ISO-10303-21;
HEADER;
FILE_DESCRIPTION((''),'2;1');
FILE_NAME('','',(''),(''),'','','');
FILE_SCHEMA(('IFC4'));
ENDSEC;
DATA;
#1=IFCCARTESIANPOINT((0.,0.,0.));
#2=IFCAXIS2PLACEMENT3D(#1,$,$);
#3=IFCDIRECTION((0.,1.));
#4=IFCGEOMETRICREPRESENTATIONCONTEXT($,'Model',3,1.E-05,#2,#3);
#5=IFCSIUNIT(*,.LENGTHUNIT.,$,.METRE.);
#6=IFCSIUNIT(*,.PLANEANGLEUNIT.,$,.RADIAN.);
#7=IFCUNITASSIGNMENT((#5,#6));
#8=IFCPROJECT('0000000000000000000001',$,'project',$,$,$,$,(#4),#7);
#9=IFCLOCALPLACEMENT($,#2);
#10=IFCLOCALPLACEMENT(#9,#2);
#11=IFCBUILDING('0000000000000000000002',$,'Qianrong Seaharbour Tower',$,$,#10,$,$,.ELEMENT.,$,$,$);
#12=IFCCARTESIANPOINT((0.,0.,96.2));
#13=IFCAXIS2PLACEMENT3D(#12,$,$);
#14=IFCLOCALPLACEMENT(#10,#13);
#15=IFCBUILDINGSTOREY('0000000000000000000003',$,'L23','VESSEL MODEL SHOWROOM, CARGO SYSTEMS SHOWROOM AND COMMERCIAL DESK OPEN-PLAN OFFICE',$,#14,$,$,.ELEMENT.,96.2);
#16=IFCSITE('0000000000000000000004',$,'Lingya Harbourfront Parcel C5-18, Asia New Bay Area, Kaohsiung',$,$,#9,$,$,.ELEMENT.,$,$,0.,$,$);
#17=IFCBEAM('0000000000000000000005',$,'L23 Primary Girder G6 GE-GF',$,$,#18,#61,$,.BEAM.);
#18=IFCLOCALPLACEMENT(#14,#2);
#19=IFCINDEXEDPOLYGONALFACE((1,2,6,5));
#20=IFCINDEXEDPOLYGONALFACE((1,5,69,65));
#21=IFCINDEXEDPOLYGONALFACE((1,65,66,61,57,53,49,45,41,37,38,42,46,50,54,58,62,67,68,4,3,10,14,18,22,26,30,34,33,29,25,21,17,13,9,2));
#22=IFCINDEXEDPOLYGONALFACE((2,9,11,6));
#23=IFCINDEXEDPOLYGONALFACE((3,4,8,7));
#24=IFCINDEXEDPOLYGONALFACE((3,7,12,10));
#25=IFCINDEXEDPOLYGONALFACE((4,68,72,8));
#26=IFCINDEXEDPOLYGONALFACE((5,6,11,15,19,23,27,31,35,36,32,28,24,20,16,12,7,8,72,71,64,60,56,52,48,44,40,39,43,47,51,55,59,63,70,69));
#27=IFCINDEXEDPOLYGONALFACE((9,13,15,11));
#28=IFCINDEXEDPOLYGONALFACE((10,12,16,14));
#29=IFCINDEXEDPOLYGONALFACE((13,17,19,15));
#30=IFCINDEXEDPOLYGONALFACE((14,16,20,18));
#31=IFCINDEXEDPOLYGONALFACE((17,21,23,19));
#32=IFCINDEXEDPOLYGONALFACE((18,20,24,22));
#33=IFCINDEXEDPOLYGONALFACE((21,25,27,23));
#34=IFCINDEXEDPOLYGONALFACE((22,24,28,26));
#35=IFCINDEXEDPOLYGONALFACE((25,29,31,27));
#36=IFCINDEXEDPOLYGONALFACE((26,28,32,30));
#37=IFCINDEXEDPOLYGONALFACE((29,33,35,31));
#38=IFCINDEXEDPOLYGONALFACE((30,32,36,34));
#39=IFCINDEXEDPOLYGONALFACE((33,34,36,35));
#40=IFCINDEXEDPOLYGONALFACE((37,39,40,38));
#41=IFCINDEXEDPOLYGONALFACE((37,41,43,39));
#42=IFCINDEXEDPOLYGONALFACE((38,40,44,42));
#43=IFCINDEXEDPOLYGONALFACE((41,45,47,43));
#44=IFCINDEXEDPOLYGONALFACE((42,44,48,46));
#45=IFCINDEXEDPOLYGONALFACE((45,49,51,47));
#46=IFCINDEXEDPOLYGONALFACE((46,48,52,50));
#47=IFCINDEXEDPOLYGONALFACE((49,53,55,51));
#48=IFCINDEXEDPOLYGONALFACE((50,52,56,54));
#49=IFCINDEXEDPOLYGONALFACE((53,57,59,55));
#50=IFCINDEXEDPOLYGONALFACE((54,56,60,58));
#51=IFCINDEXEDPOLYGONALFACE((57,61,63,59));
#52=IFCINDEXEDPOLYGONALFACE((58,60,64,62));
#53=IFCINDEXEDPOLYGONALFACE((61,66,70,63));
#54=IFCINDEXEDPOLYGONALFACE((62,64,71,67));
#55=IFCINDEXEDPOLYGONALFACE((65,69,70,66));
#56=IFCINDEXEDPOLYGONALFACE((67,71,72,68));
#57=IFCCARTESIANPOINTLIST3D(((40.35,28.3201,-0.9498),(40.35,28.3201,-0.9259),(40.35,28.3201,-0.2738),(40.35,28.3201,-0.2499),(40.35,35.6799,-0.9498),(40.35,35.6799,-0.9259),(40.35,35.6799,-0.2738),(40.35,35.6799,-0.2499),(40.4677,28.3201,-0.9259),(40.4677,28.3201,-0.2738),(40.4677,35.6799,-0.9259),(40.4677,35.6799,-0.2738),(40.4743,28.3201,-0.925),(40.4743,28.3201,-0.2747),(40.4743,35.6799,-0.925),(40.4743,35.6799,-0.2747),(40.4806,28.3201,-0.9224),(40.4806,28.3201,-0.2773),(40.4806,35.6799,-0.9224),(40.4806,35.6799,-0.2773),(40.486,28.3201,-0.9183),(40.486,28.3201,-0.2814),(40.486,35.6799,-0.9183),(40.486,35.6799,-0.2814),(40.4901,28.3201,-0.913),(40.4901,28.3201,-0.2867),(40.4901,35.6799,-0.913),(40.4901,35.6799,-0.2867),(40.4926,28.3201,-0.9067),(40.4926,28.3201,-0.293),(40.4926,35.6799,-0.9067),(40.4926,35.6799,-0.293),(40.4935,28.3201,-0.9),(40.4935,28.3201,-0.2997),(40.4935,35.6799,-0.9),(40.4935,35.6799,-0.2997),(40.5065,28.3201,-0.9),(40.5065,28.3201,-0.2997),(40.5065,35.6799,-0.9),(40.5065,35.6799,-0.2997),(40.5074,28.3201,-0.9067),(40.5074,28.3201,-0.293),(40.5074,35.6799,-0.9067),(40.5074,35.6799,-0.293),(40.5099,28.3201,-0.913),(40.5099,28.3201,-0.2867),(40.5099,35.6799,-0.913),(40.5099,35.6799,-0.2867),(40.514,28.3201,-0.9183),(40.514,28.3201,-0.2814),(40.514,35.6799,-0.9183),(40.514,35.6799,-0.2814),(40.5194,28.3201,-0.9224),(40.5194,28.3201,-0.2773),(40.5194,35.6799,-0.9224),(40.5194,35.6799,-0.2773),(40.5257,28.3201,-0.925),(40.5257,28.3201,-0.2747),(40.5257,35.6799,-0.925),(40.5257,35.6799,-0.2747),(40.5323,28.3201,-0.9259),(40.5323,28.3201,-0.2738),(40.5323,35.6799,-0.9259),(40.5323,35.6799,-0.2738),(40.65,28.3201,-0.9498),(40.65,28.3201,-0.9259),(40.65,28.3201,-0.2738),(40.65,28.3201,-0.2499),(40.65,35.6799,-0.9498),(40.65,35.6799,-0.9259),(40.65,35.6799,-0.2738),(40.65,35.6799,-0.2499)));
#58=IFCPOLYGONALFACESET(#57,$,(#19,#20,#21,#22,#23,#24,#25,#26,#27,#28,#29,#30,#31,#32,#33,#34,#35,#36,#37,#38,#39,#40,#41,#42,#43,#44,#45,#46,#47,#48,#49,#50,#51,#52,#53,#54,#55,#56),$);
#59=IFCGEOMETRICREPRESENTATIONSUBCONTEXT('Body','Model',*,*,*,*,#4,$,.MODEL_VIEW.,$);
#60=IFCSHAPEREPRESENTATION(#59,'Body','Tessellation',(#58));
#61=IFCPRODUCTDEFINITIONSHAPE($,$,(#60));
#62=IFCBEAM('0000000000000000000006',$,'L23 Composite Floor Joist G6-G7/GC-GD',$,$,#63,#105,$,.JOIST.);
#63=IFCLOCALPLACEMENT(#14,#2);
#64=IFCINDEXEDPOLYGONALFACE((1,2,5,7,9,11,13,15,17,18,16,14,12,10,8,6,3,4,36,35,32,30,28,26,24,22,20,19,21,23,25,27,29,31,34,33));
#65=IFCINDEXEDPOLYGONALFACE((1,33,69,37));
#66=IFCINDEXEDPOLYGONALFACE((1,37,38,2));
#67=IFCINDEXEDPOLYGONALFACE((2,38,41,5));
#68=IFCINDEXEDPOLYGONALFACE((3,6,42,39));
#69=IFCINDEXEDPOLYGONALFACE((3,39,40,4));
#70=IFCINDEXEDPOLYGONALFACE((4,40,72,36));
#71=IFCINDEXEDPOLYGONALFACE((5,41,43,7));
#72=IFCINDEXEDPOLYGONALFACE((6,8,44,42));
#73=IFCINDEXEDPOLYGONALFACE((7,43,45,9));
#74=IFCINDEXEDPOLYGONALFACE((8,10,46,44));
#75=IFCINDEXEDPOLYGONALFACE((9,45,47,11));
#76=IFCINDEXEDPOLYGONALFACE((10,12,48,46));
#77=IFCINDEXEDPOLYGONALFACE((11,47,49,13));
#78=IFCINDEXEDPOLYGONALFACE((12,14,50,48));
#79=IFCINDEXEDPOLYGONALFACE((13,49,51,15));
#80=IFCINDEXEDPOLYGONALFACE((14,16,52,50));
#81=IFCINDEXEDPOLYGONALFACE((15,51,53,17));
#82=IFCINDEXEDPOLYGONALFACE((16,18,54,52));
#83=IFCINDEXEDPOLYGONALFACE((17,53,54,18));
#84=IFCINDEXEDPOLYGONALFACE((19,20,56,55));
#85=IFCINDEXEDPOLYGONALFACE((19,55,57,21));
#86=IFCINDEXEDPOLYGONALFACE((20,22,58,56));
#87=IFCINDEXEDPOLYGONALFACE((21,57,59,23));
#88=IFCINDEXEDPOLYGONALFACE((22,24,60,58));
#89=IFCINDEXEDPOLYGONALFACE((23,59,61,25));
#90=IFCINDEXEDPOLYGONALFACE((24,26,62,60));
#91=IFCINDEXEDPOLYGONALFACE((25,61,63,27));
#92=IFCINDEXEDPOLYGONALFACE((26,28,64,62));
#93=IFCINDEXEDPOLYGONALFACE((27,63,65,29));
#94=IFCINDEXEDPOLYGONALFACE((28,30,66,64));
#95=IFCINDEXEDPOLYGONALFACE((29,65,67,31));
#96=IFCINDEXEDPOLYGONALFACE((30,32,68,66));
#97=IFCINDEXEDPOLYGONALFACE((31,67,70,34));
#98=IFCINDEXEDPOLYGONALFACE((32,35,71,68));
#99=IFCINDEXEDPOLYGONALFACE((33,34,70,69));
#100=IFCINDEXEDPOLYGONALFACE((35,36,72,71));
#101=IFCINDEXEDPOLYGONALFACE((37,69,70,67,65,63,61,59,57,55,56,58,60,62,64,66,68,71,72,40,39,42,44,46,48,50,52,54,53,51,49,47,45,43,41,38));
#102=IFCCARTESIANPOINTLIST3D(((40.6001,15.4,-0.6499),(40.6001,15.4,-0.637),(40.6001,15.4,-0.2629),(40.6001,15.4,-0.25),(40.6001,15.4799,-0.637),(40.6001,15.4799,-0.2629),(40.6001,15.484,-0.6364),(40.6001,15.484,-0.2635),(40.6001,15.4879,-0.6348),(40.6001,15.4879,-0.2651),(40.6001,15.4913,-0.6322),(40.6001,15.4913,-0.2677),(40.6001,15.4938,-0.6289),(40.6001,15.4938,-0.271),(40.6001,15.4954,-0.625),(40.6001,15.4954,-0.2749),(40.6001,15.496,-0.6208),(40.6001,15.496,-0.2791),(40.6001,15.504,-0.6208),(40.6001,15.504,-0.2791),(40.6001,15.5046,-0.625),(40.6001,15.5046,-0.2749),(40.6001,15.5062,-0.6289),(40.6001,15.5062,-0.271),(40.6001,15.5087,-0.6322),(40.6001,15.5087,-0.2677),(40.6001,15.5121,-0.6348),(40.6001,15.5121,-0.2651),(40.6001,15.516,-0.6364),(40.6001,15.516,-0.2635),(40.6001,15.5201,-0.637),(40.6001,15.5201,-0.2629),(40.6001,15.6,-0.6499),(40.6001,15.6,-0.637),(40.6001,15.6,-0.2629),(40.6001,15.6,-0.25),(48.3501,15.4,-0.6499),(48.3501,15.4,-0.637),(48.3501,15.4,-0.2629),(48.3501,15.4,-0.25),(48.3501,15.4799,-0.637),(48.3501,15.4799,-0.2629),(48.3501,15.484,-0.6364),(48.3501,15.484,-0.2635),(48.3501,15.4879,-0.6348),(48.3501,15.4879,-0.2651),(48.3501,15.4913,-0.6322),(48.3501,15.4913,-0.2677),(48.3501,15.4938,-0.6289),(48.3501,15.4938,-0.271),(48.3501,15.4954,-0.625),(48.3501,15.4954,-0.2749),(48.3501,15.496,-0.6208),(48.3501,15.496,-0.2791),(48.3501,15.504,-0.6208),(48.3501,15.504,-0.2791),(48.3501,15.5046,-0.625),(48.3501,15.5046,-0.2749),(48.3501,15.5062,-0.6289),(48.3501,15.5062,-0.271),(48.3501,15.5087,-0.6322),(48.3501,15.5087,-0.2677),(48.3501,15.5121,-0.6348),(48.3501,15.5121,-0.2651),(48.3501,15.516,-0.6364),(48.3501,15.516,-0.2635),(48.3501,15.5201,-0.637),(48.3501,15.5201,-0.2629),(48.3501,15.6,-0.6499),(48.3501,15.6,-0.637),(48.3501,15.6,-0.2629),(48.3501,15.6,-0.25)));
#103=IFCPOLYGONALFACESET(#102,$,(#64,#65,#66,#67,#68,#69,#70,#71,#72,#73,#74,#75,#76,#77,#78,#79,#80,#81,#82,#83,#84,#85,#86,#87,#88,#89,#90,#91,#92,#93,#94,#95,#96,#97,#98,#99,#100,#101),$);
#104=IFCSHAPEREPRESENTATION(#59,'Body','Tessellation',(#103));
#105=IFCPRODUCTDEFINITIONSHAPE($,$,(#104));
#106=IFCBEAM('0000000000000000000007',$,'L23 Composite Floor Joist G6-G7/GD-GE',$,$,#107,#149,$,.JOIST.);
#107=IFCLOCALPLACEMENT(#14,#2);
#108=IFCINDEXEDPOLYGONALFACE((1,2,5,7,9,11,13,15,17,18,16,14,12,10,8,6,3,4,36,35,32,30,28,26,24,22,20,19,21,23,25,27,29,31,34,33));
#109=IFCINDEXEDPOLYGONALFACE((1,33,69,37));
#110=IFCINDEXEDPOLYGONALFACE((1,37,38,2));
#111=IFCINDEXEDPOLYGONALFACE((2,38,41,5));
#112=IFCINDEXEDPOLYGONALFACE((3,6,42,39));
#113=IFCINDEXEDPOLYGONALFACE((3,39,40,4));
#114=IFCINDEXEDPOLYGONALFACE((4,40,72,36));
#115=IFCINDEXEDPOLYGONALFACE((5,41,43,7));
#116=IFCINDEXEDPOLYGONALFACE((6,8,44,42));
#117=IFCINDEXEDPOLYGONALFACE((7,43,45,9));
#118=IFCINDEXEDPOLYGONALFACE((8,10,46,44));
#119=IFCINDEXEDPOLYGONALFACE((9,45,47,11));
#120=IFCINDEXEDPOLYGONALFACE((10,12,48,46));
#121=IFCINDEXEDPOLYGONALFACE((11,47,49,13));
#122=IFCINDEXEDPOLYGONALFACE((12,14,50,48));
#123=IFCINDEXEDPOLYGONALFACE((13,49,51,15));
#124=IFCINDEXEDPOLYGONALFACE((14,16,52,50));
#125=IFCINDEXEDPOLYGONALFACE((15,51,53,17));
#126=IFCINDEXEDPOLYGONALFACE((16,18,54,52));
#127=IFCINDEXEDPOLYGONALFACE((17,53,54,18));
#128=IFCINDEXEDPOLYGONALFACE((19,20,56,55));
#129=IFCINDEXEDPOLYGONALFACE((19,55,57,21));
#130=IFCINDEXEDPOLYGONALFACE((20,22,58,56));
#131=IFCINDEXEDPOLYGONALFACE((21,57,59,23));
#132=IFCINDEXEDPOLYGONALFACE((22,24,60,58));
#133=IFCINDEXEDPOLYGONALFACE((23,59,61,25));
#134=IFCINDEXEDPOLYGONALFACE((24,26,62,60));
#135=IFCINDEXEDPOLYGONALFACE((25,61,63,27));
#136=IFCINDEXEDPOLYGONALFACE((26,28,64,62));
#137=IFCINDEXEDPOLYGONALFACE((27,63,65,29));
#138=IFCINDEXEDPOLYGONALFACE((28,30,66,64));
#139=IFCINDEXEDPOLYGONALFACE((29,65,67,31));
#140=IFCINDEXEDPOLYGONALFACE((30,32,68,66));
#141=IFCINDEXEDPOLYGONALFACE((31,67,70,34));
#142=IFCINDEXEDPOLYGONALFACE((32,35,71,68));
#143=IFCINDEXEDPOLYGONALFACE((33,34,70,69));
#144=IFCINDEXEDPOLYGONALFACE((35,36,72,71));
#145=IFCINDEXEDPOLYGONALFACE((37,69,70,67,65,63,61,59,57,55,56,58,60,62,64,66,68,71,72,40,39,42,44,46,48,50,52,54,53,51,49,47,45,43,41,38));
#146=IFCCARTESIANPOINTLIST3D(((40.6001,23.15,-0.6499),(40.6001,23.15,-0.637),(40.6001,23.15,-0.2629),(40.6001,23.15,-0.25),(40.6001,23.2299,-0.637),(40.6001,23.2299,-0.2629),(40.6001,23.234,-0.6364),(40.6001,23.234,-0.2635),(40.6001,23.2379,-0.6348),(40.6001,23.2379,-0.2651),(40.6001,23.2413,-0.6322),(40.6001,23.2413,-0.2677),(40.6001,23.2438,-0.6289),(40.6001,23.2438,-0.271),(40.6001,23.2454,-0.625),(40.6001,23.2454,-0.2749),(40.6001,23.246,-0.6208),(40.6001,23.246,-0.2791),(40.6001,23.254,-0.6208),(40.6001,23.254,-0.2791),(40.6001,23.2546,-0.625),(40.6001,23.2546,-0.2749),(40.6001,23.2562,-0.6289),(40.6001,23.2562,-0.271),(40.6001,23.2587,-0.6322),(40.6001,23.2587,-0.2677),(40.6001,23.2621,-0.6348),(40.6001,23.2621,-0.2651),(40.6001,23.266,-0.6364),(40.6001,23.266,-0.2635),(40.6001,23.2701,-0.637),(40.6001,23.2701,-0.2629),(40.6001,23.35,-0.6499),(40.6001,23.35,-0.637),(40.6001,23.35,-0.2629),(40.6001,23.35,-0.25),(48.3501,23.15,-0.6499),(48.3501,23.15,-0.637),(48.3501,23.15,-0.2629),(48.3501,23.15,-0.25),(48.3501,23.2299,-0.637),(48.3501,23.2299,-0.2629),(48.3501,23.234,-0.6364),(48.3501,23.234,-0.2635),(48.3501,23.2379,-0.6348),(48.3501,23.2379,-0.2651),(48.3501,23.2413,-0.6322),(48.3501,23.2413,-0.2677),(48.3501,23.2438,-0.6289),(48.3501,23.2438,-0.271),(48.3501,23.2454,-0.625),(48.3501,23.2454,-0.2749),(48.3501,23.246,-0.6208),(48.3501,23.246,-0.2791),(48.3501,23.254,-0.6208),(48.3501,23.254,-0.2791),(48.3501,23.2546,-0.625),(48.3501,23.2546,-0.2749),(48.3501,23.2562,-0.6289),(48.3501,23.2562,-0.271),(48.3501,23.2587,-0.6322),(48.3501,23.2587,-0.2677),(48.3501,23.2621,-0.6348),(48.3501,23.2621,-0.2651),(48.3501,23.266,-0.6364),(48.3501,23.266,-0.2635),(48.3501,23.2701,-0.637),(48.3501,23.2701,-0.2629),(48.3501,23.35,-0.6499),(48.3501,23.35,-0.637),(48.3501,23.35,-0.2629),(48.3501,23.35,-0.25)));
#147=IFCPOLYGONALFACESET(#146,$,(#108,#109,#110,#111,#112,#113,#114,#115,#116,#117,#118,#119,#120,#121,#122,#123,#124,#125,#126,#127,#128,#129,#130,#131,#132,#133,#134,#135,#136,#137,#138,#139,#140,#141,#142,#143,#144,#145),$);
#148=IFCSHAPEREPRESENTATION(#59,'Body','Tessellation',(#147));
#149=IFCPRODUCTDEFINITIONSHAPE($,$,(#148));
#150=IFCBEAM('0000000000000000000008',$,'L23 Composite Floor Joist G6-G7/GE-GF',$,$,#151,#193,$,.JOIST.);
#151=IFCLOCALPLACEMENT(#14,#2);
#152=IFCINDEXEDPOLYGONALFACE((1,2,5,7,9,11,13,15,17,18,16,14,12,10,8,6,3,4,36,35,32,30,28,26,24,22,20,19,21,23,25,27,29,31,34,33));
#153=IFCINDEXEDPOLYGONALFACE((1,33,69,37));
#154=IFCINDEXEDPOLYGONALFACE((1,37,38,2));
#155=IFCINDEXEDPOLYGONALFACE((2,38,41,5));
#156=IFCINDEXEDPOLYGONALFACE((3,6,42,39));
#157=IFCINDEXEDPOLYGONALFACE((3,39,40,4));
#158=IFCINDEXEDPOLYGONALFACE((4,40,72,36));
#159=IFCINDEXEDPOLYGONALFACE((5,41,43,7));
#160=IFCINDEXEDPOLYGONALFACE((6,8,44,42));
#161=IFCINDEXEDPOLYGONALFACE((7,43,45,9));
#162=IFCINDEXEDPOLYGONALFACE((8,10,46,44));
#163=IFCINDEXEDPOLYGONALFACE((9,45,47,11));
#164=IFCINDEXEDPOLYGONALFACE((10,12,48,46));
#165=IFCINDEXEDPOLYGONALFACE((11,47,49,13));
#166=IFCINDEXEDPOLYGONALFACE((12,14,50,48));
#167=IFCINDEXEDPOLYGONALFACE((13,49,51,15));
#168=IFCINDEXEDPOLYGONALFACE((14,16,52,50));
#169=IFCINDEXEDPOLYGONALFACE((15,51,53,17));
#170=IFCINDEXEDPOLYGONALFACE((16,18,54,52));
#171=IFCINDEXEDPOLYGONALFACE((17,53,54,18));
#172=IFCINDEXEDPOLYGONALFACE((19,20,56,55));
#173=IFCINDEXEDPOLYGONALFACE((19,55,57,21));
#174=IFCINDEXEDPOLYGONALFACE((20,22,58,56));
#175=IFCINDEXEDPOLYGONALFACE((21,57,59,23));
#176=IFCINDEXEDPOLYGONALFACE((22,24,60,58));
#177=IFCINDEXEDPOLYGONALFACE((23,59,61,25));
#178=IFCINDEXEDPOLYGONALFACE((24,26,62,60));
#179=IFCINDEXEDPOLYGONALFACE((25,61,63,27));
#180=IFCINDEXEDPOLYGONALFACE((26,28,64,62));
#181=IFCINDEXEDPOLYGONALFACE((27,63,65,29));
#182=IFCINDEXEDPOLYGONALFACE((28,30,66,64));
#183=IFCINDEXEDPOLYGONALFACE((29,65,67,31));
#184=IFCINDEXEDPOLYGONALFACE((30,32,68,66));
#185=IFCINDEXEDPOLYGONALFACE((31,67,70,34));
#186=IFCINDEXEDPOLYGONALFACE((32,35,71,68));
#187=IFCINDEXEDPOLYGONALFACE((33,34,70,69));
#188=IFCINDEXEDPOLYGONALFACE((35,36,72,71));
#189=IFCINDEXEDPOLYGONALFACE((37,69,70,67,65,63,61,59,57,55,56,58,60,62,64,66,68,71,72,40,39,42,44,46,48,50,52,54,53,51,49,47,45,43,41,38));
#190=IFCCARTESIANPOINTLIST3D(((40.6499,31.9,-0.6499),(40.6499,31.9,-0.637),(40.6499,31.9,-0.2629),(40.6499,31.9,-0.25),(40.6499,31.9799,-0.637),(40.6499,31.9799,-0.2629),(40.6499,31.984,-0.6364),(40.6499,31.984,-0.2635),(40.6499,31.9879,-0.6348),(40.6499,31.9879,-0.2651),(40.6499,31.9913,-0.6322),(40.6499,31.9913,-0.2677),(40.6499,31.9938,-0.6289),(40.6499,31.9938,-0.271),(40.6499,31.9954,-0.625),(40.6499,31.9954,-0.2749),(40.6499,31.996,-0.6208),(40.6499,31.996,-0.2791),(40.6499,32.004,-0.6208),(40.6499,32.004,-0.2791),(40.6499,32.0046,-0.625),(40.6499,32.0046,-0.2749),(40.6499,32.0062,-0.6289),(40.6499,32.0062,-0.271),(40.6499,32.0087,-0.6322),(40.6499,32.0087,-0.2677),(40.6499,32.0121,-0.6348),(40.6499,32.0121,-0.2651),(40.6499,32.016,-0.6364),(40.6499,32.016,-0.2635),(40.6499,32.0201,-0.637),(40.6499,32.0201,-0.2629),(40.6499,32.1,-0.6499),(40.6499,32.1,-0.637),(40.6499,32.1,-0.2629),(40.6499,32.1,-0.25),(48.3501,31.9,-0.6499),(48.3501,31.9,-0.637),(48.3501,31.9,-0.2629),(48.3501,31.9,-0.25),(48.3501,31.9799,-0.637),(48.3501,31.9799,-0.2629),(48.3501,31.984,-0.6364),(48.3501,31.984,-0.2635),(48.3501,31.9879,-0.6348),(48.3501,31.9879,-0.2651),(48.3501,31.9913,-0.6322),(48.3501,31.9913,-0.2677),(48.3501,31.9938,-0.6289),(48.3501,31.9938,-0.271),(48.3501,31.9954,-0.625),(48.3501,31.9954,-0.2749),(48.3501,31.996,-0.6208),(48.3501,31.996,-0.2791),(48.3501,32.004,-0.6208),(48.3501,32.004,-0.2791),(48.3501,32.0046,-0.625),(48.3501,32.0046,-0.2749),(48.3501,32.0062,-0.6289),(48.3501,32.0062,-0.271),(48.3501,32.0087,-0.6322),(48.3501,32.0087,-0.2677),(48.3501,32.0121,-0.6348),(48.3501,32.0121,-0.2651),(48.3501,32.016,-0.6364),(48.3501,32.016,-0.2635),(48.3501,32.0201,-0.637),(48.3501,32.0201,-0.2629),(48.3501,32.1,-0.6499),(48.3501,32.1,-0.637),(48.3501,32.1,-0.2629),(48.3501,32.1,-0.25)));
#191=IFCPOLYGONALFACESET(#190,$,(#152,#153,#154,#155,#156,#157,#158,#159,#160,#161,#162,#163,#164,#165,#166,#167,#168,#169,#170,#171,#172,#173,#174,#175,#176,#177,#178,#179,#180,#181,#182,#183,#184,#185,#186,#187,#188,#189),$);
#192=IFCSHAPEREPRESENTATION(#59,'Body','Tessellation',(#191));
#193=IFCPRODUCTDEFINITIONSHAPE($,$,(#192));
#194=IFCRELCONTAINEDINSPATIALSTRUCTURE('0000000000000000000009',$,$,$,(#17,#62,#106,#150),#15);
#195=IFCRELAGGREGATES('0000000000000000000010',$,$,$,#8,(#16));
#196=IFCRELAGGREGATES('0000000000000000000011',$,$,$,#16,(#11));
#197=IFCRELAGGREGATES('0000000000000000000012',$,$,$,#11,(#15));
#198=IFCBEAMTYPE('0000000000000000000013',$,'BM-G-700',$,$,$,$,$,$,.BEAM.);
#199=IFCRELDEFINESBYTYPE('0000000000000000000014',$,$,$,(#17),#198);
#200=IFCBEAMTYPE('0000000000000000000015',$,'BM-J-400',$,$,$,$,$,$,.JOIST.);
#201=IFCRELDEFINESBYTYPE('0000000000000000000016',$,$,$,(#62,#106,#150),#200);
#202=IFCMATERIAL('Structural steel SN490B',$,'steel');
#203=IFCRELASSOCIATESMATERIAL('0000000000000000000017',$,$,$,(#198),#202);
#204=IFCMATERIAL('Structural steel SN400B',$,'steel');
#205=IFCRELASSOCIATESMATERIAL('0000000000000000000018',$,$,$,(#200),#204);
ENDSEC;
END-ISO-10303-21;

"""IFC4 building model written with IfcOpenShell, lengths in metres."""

from ifc_helpers import new_model, si_unit, direction, frame, origin, origin_2d, place, context, subcontext, project, spatial, i_section, extrude, material, material_profile, profile_set, type_object, element, save


model = new_model("IFC4")

# Units and contexts
model_context = context("Model", 3, precision=1e-05, world=origin(), true_north=direction((0.0, 1.0)))
body_context = subcontext(model_context, "Body", "Model", "MODEL_VIEW")
ifc_project = project(units=[si_unit("LENGTHUNIT", "METRE"), si_unit("PLANEANGLEUNIT", "RADIAN")], contexts=[model_context])

# Site, building, storey
site_placement = place(None, origin())
site = spatial("IfcSite", under=ifc_project, at=site_placement, Name="Lingya Harbourfront Parcel C5-18, Asia New Bay Area, Kaohsiung", CompositionType="ELEMENT", RefElevation=0.0)
building_placement = place(site_placement, origin())
building = spatial("IfcBuilding", under=site, at=building_placement, Name="Qianrong Seaharbour Tower", CompositionType="ELEMENT")
storey_placement = place(building_placement, frame((0.0, 0.0, 96.2)))
storey = spatial("IfcBuildingStorey", under=building, at=storey_placement, Name="L23", Description="VESSEL MODEL SHOWROOM, CARGO SYSTEMS SHOWROOM AND COMMERCIAL DESK OPEN-PLAN OFFICE", CompositionType="ELEMENT", Elevation=96.2)

# Shared definitions
ifc_material_1 = material(Name="Structural steel SN490B", Category="steel")

# Beams
ifc_material_profile_1 = material_profile(ifc_material_1, i_section(OverallWidth=0.3, OverallDepth=0.7, WebThickness=0.0129, FlangeThickness=0.0239, FilletRadius=0.0259, at=origin_2d()), Name="H700x300x13x24")
ifc_profile_set_1 = profile_set([ifc_material_profile_1], Name="Structural steel SN490B")
beam_type_1 = type_object("IfcBeamType", Name="BM-G-700", PredefinedType="BEAM", material=ifc_profile_set_1)
beam_1_placement = place(storey_placement, frame((40.5, 28.3201, -0.5999), z_axis=(0.0, 1.0, 0.0), x_axis=(-1.0, 0.0, 0.0)))
element("IfcBeam", 1, at=beam_1_placement, inside=storey, type_object=beam_type_1, Name="L23 Primary Girder G6 GE-GF", PredefinedType="BEAM", context=body_context, shape_type="SweptSolid", body=[
    extrude(i_section(OverallWidth=0.3, OverallDepth=0.7, WebThickness=0.0129, FlangeThickness=0.0239, FilletRadius=0.0259, at=origin_2d()), origin(), (0.0, 0.0, 1.0), 7.3599),
])
ifc_material_2 = material(Name="Structural steel SN400B", Category="steel")
ifc_material_profile_2 = material_profile(ifc_material_2, i_section(OverallWidth=0.2, OverallDepth=0.3999, WebThickness=0.0081, FlangeThickness=0.0129, FilletRadius=0.0161, at=origin_2d()), Name="H400x200x8x13")
ifc_profile_set_2 = profile_set([ifc_material_profile_2], Name="Structural steel SN400B")
beam_type_2 = type_object("IfcBeamType", Name="BM-J-400", PredefinedType="JOIST", material=ifc_profile_set_2)
for number, where, z_axis, x_axis, name in (
    (2, (40.6001, 15.5, -0.45), (1.0, 0.0, 0.0), (0.0, 1.0, 0.0), "L23 Composite Floor Joist G6-G7/GC-GD"),
    (3, (40.6001, 23.25, -0.45), (1.0, 0.0, 0.0), (0.0, 1.0, 0.0), "L23 Composite Floor Joist G6-G7/GD-GE"),
):
    element("IfcBeam", number, at=place(storey_placement, frame(where, z_axis=z_axis, x_axis=x_axis)), inside=storey, type_object=beam_type_2, Name=name, PredefinedType="JOIST", context=body_context, shape_type="SweptSolid", body=[
        extrude(i_section(OverallWidth=0.2, OverallDepth=0.3999, WebThickness=0.0081, FlangeThickness=0.0129, FilletRadius=0.0161, at=origin_2d()), origin(), (0.0, 0.0, 1.0), 7.75),
    ])
beam_2_placement = place(storey_placement, frame((40.6499, 32.0, -0.45), z_axis=(1.0, 0.0, 0.0), x_axis=(0.0, 1.0, 0.0)))
element("IfcBeam", 4, at=beam_2_placement, inside=storey, type_object=beam_type_2, Name="L23 Composite Floor Joist G6-G7/GE-GF", PredefinedType="JOIST", context=body_context, shape_type="SweptSolid", body=[
    extrude(i_section(OverallWidth=0.2, OverallDepth=0.3999, WebThickness=0.0081, FlangeThickness=0.0129, FilletRadius=0.0161, at=origin_2d()), origin(), (0.0, 0.0, 1.0), 7.7002),
])

save(model, "model.ifc")
